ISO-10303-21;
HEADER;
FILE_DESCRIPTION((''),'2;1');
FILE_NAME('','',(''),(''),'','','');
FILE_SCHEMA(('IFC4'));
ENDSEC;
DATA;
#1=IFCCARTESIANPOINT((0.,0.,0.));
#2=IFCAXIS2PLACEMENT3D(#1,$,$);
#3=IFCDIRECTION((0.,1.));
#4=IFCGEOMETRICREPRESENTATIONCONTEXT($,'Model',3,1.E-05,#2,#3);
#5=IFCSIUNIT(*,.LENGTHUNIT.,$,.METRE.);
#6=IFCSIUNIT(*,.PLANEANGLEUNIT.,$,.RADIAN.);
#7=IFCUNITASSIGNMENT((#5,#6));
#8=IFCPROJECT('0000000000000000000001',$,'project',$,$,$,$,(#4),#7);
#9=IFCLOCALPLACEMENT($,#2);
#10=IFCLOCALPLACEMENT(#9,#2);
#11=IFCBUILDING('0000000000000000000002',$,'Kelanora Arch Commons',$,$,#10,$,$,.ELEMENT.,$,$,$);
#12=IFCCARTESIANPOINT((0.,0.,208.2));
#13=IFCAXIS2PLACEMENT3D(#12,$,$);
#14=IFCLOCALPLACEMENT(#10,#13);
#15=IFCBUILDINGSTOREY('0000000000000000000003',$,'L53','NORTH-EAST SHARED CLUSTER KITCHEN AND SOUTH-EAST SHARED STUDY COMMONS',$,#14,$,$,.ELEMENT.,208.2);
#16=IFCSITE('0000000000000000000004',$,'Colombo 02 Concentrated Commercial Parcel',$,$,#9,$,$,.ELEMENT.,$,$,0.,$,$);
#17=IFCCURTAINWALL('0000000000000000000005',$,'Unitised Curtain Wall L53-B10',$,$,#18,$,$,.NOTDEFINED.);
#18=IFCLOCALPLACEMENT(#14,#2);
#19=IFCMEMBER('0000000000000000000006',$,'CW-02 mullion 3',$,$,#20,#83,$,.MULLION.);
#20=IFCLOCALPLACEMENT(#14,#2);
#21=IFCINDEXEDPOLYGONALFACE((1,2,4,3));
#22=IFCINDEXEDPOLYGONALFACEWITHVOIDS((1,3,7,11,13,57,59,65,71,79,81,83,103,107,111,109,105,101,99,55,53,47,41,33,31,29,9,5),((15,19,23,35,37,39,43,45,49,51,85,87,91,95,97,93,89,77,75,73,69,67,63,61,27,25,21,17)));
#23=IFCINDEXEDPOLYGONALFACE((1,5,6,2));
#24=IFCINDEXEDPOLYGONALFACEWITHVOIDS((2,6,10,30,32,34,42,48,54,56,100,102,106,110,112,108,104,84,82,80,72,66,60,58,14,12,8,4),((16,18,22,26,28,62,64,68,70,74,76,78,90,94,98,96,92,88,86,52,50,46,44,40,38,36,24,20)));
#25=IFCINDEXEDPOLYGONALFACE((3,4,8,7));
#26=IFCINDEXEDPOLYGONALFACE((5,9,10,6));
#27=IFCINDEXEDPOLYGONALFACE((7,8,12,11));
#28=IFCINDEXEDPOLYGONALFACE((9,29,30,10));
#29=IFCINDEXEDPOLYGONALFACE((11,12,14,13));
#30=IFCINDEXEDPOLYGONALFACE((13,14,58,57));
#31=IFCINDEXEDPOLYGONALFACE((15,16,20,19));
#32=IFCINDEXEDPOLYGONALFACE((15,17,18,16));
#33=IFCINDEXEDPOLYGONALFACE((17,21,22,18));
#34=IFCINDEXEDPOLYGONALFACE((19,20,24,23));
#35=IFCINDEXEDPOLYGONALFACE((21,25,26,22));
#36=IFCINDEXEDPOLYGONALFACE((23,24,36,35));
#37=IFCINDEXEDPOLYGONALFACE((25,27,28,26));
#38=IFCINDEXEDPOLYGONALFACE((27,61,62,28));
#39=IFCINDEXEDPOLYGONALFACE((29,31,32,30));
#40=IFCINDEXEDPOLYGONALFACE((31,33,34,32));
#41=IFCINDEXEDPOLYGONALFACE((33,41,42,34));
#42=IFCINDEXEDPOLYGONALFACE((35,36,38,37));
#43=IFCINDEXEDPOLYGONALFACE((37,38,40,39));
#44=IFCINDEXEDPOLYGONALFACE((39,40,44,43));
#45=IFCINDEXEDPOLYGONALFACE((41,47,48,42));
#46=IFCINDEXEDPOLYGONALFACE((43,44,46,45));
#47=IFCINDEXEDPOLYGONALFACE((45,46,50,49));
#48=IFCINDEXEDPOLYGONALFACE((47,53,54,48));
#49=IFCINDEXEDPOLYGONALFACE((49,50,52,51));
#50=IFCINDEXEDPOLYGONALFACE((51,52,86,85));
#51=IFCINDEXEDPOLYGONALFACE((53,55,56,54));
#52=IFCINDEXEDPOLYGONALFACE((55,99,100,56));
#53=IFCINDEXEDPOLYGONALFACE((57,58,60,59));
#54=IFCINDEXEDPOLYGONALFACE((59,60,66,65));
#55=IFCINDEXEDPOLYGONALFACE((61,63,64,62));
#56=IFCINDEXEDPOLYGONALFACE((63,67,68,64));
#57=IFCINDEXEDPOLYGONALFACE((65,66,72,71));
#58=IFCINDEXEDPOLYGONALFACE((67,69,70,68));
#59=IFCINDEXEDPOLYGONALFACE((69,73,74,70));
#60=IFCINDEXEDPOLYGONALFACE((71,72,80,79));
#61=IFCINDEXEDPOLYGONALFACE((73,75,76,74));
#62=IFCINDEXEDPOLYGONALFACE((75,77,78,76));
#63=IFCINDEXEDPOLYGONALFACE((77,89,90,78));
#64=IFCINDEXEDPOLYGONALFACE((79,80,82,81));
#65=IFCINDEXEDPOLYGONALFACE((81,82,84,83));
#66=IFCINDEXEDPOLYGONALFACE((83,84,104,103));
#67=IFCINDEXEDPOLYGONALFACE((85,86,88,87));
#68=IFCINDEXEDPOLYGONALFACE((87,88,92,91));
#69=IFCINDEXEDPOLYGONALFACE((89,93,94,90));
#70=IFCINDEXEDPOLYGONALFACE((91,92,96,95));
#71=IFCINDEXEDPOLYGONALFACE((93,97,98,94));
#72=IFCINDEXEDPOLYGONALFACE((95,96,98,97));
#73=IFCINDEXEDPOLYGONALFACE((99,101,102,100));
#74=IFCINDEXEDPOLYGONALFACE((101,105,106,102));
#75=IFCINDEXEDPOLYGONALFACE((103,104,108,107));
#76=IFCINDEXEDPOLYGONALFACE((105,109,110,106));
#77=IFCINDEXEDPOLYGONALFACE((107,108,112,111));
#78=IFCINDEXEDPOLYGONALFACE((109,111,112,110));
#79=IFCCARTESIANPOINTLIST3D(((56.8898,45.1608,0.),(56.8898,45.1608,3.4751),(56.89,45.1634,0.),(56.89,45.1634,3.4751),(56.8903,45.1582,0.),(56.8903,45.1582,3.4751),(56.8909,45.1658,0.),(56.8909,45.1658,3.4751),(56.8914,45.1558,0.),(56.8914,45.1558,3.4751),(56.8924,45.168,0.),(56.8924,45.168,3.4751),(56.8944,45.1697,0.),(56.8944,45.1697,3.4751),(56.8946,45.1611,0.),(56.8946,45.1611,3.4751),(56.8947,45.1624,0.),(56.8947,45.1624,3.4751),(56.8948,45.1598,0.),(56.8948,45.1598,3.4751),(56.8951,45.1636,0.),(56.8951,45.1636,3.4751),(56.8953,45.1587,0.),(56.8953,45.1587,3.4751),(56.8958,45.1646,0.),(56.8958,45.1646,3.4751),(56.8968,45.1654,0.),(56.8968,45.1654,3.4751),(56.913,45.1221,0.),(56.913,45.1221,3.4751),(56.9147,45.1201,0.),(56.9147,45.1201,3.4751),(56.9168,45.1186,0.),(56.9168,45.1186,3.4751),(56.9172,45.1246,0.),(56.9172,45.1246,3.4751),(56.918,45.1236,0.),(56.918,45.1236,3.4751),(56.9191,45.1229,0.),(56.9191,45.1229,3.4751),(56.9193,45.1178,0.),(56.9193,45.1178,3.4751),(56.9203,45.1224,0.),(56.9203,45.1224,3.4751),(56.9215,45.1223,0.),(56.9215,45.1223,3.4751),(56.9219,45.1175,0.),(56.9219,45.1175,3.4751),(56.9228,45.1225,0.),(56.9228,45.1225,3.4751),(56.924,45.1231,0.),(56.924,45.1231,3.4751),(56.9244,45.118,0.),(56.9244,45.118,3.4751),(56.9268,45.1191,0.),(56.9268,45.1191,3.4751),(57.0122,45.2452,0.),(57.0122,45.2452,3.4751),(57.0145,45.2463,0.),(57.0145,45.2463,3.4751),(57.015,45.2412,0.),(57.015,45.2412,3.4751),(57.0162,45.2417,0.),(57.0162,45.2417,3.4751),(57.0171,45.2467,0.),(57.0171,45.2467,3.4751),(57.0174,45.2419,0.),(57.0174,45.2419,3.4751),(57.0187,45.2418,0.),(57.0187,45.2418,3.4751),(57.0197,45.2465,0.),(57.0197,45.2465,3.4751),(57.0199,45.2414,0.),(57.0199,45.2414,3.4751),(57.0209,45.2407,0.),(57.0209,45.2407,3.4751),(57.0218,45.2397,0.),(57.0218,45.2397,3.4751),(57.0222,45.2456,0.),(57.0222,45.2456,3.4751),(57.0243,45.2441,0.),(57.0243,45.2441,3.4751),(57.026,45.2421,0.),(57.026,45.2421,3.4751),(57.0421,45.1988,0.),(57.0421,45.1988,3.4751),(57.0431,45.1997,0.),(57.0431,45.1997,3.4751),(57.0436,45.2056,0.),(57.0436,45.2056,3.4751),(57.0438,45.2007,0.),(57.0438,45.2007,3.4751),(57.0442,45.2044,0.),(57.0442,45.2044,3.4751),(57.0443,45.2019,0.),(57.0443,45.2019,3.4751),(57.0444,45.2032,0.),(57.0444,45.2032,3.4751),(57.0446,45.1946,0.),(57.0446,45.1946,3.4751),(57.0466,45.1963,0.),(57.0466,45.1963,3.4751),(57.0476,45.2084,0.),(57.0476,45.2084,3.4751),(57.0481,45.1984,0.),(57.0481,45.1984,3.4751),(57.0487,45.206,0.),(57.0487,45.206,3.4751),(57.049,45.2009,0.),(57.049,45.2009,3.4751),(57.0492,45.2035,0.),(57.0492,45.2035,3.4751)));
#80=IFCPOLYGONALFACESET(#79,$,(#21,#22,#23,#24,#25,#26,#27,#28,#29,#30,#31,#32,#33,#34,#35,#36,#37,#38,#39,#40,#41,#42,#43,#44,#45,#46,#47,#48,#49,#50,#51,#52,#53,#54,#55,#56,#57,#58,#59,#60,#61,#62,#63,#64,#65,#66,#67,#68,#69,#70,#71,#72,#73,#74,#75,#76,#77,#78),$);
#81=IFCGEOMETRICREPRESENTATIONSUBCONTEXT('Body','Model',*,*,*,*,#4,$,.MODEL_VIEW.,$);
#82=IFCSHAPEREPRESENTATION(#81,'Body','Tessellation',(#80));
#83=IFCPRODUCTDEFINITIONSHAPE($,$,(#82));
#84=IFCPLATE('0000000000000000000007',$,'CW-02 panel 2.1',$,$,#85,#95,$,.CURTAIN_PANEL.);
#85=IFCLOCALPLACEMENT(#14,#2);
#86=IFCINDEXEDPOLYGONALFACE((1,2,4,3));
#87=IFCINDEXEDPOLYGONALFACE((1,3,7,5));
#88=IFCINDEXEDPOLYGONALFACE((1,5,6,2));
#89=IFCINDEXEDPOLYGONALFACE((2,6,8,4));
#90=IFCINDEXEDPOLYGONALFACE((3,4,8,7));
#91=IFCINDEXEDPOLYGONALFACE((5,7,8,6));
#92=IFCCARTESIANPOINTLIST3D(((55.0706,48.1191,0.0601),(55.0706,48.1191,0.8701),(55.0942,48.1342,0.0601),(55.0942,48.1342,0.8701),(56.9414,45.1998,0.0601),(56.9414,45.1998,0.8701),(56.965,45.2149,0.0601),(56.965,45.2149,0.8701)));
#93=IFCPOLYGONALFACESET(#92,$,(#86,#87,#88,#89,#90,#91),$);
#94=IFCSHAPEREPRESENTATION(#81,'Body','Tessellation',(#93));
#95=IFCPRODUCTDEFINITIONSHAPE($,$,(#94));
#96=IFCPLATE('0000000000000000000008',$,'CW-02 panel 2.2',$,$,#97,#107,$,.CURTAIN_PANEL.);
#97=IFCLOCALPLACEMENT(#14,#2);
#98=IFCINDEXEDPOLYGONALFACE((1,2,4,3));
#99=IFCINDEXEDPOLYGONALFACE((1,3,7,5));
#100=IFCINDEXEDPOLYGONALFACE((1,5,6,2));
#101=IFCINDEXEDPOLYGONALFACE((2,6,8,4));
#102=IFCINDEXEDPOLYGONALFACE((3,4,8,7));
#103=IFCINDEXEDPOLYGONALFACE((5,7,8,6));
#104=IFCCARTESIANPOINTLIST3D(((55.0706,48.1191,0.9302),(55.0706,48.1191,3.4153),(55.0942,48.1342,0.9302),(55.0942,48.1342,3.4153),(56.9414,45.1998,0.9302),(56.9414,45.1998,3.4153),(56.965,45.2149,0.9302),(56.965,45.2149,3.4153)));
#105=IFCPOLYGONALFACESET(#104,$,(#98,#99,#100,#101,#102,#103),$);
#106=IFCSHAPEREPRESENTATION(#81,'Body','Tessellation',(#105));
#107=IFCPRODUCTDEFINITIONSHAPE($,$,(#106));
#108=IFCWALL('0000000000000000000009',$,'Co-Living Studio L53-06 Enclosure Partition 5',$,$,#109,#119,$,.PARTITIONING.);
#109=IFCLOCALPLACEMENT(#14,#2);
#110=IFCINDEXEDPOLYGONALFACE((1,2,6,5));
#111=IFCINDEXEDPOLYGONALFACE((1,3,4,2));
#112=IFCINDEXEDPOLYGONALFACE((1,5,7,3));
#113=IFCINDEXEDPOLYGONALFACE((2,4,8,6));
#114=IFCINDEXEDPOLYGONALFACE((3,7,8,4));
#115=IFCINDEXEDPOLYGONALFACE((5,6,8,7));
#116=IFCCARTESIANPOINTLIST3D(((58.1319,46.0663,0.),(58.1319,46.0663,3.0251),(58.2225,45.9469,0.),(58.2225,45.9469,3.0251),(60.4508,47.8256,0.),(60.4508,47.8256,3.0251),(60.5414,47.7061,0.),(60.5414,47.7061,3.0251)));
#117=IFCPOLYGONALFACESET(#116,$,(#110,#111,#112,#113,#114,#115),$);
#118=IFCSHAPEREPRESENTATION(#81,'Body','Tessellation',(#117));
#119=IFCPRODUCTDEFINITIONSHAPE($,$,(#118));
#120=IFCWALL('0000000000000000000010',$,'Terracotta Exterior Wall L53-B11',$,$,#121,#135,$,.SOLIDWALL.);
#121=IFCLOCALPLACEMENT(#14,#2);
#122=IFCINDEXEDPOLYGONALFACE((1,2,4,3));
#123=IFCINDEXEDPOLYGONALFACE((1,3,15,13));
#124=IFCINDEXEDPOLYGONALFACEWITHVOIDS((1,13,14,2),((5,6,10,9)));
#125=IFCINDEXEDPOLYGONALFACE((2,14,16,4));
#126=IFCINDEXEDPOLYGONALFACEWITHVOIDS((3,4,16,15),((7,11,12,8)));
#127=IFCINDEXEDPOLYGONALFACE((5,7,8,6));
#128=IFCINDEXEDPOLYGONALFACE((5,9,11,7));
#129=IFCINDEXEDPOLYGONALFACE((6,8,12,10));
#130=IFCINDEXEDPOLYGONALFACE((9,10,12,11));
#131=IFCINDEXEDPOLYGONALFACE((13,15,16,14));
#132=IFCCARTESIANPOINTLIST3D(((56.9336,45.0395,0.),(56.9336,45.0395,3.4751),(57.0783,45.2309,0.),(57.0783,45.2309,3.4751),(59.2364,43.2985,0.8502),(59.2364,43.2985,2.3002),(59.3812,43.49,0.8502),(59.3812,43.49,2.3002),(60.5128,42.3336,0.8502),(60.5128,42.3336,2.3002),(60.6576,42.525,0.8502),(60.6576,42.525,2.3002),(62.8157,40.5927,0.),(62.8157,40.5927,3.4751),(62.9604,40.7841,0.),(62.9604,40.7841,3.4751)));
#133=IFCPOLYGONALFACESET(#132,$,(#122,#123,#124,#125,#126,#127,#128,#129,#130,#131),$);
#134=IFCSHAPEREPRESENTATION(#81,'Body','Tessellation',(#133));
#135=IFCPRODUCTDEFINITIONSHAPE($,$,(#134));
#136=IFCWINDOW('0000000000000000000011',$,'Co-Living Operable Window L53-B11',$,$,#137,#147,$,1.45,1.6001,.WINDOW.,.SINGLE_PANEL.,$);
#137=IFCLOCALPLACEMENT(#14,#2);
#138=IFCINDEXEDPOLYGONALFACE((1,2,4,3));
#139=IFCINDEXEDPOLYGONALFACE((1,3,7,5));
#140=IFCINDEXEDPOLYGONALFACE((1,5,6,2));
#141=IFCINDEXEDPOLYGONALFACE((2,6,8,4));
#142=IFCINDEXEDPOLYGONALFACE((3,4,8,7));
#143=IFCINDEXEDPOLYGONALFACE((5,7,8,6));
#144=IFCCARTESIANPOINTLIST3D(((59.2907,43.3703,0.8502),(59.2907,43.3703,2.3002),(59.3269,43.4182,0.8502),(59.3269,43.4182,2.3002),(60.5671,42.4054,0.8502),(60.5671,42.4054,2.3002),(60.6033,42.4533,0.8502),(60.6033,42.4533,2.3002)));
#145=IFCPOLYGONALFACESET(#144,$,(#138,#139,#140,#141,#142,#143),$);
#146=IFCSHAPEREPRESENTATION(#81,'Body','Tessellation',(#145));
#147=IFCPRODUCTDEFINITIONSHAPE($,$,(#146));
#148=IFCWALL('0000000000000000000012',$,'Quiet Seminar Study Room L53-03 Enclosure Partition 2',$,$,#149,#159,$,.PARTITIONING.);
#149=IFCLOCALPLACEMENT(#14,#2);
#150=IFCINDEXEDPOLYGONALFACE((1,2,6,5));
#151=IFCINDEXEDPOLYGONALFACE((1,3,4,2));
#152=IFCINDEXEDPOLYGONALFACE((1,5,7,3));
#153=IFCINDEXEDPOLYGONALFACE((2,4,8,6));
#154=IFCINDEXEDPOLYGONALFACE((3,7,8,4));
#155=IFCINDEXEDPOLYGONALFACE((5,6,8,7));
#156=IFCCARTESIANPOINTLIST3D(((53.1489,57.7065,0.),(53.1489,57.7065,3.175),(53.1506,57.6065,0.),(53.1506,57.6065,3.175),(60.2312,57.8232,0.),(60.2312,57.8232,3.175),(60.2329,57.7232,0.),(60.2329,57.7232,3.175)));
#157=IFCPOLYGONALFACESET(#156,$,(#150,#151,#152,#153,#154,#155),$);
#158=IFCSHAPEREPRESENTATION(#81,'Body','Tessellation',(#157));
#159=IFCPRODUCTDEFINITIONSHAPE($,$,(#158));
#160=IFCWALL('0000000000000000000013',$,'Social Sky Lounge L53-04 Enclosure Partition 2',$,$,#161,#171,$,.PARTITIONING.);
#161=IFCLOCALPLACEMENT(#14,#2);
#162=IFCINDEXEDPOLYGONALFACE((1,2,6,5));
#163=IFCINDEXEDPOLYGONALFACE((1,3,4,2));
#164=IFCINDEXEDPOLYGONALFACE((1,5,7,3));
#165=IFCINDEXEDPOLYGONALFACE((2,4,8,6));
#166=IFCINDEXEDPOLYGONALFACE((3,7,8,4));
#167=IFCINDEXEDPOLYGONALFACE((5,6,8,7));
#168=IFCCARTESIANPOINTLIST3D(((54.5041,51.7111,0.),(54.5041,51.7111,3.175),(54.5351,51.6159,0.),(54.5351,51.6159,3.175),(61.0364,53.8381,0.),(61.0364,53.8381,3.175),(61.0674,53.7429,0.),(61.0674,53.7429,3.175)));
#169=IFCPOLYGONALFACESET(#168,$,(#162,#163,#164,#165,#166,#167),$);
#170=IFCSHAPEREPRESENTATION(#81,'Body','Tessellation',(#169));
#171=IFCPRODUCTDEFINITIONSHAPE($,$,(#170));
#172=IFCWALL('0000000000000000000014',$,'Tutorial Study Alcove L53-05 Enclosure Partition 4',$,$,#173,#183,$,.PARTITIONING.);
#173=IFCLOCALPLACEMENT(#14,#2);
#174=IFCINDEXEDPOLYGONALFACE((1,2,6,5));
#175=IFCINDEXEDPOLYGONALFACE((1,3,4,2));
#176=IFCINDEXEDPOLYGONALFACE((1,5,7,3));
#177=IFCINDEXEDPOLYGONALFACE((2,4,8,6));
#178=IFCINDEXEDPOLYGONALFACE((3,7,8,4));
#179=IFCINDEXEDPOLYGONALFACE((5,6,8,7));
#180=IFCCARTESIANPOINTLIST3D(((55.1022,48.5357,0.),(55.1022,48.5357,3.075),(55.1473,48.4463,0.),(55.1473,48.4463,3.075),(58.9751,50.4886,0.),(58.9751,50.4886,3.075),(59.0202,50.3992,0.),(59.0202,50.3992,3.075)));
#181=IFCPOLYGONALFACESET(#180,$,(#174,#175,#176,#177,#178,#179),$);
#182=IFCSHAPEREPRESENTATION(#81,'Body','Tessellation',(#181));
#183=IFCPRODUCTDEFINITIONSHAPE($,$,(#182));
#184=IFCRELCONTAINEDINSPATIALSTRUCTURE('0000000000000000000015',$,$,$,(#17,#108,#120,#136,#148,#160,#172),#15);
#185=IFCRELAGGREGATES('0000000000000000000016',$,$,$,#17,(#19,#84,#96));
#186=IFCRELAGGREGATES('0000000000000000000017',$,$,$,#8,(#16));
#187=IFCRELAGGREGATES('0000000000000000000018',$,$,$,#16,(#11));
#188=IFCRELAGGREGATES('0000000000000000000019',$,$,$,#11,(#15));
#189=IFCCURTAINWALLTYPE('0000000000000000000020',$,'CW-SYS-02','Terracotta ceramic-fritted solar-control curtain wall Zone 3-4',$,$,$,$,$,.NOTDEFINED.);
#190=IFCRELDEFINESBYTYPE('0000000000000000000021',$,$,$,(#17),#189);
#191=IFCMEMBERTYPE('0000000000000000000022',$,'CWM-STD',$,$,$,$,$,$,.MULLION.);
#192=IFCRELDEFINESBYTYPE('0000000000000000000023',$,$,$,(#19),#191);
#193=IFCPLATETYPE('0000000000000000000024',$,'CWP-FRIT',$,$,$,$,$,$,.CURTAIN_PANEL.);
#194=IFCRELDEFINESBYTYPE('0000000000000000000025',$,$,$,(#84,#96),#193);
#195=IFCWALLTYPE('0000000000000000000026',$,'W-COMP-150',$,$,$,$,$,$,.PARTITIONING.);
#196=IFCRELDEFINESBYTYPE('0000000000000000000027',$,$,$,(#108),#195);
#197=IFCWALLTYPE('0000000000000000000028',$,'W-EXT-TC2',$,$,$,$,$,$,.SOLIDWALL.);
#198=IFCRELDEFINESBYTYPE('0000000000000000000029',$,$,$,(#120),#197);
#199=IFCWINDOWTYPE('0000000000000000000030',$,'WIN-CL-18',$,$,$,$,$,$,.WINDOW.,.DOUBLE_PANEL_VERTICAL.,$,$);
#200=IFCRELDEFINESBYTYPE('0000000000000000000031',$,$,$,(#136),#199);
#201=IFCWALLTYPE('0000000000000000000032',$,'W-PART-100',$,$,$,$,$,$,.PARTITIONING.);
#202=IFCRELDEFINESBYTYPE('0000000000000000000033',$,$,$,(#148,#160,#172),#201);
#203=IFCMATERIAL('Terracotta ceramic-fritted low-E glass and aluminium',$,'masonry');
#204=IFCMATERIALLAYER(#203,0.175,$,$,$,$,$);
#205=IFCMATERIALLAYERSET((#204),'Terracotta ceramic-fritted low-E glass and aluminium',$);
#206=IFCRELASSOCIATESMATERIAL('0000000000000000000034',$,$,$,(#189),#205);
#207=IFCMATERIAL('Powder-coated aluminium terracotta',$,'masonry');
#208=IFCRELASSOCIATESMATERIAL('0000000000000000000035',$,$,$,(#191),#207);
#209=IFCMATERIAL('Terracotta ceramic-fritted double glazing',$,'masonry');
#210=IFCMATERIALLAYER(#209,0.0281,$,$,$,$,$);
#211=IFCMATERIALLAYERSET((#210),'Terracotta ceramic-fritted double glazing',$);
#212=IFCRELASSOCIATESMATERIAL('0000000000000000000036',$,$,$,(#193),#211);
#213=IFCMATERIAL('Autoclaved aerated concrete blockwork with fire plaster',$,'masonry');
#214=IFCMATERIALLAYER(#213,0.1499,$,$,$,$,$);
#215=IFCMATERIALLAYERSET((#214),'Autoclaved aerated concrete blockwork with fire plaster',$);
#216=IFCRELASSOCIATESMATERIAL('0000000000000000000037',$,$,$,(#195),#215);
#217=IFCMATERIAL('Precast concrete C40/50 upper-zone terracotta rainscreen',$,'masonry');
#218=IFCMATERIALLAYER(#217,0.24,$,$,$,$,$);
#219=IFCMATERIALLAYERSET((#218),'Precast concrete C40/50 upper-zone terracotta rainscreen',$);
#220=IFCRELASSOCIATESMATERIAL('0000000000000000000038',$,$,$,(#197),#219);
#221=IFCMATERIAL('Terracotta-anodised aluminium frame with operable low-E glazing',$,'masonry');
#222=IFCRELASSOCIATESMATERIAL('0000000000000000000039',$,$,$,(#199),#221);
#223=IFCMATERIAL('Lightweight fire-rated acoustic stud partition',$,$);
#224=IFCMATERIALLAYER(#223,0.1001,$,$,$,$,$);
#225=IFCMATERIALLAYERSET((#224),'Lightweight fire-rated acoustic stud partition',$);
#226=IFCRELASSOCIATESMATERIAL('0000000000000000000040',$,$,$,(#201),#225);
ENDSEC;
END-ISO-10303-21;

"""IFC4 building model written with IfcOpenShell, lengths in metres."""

from ifc_helpers import new_model, si_unit, direction, frame, frame_2d, origin, origin_2d, place, context, subcontext, project, spatial, rectangle, hollow_rectangle, extrude, source, transform, mapped, material, layer, layer_set, material_profile, profile_set, type_object, element, fill, aggregate, save


model = new_model("IFC4")

# Units and contexts
model_context = context("Model", 3, precision=1e-05, world=origin(), true_north=direction((0.0, 1.0)))
body_context = subcontext(model_context, "Body", "Model", "MODEL_VIEW")
ifc_project = project(units=[si_unit("LENGTHUNIT", "METRE"), si_unit("PLANEANGLEUNIT", "RADIAN")], contexts=[model_context])

# Site, building, storey
site_placement = place(None, origin())
site = spatial("IfcSite", under=ifc_project, at=site_placement, Name="Colombo 02 Concentrated Commercial Parcel", CompositionType="ELEMENT", RefElevation=0.0)
building_placement = place(site_placement, origin())
building = spatial("IfcBuilding", under=site, at=building_placement, Name="Kelanora Arch Commons", CompositionType="ELEMENT")
storey_placement = place(building_placement, frame((0.0, 0.0, 208.2)))
storey = spatial("IfcBuildingStorey", under=building, at=storey_placement, Name="L53", Description="NORTH-EAST SHARED CLUSTER KITCHEN AND SOUTH-EAST SHARED STUDY COMMONS", CompositionType="ELEMENT", Elevation=208.2)

# Curtain wall, member, plates
ifc_material_1 = material(Name="Terracotta ceramic-fritted low-E glass and aluminium", Category="masonry")
ifc_layer_1 = layer(ifc_material_1, 0.175)
ifc_layer_set_1 = layer_set([ifc_layer_1], Name="Terracotta ceramic-fritted low-E glass and aluminium")
curtain_wall_type = type_object("IfcCurtainWallType", Name="CW-SYS-02", Description="Terracotta ceramic-fritted solar-control curtain wall Zone 3-4", PredefinedType="NOTDEFINED", material=ifc_layer_set_1)
curtain_wall_placement = place(storey_placement, origin())
curtain_wall = element("IfcCurtainWall", 1, at=curtain_wall_placement, inside=storey, type_object=curtain_wall_type, Name="Unitised Curtain Wall L53-B10", PredefinedType="NOTDEFINED")
ifc_material_2 = material(Name="Powder-coated aluminium terracotta", Category="masonry")
ifc_material_profile_1 = material_profile(ifc_material_2, hollow_rectangle(XDim=0.1599, YDim=0.0601, WallThickness=0.0049, InnerFilletRadius=0.0049, OuterFilletRadius=0.01, at=origin_2d()), Name="CWM160x60")
ifc_profile_set_1 = profile_set([ifc_material_profile_1], Name="Powder-coated aluminium terracotta")
member_type = type_object("IfcMemberType", Name="CWM-STD", PredefinedType="MULLION", material=ifc_profile_set_1)
member_placement = place(storey_placement, frame((56.9695, 45.1821, 0.0), z_axis=(0.0, 0.0, 1.0), x_axis=(0.841948, 0.539559, 0.0)))
member = element("IfcMember", 2, at=member_placement, type_object=member_type, Name="CW-02 mullion 3", PredefinedType="MULLION", context=body_context, shape_type="SweptSolid", body=[
    extrude(hollow_rectangle(XDim=0.1599, YDim=0.0601, WallThickness=0.0049, InnerFilletRadius=0.0049, OuterFilletRadius=0.01, at=origin_2d()), origin(), (0.0, 0.0, 1.0), 3.4751),
])
ifc_material_3 = material(Name="Terracotta ceramic-fritted double glazing", Category="masonry")
ifc_layer_2 = layer(ifc_material_3, 0.0281)
ifc_layer_set_2 = layer_set([ifc_layer_2], Name="Terracotta ceramic-fritted double glazing")
plate_type = type_object("IfcPlateType", Name="CWP-FRIT", PredefinedType="CURTAIN_PANEL", material=ifc_layer_set_2)
shared_shape_1 = source(origin(), body_context, "Body", "SweptSolid", [
    extrude(rectangle(XDim=3.4673, YDim=0.0281, at=origin_2d()), origin(), (0.0, 0.0, 1.0), 0.8101),
])
plate_1_placement = place(storey_placement, frame((56.0178, 46.667, 0.0601), z_axis=(0.0, 0.0, 1.0), x_axis=(0.539559, -0.841948, 0.0)))
plate_1 = element("IfcPlate", 3, at=plate_1_placement, type_object=plate_type, Name="CW-02 panel 2.1", PredefinedType="CURTAIN_PANEL", context=body_context, shape_type="MappedRepresentation", body=[
    mapped(shared_shape_1, transform((0.0, 0.0, 0.0), scale=1.0)),
])
shared_shape_2 = source(origin(), body_context, "Body", "SweptSolid", [
    extrude(rectangle(XDim=3.4673, YDim=0.0281, at=origin_2d()), origin(), (0.0, 0.0, 1.0), 2.4851),
])
plate_2_placement = place(storey_placement, frame((56.0178, 46.667, 0.9302), z_axis=(0.0, 0.0, 1.0), x_axis=(0.539559, -0.841948, 0.0)))
plate_2 = element("IfcPlate", 4, at=plate_2_placement, type_object=plate_type, Name="CW-02 panel 2.2", PredefinedType="CURTAIN_PANEL", context=body_context, shape_type="MappedRepresentation", body=[
    mapped(shared_shape_2, transform((0.0, 0.0, 0.0), scale=1.0)),
])
aggregate(curtain_wall, [member, plate_1, plate_2])

# Wall
ifc_material_4 = material(Name="Autoclaved aerated concrete blockwork with fire plaster", Category="masonry")
ifc_layer_3 = layer(ifc_material_4, 0.1499)
ifc_layer_set_3 = layer_set([ifc_layer_3], Name="Autoclaved aerated concrete blockwork with fire plaster")
wall_type_1 = type_object("IfcWallType", Name="W-COMP-150", PredefinedType="PARTITIONING", material=ifc_layer_set_3)
wall_1_placement = place(storey_placement, frame((58.1772, 46.0066, 0.0), z_axis=(0.0, 0.0, 1.0), x_axis=(0.796666, 0.60442, 0.0)))
element("IfcWall", 5, at=wall_1_placement, inside=storey, type_object=wall_type_1, Name="Co-Living Studio L53-06 Enclosure Partition 5", PredefinedType="PARTITIONING", context=body_context, shape_type="SweptSolid", body=[
    extrude(rectangle(XDim=2.9106, YDim=0.1499, at=frame_2d((1.4553, 0.0))), origin(), (0.0, 0.0, 1.0), 3.0251),
])

# Wall, opening, window
ifc_material_5 = material(Name="Precast concrete C40/50 upper-zone terracotta rainscreen", Category="masonry")
ifc_layer_4 = layer(ifc_material_5, 0.24)
ifc_layer_set_4 = layer_set([ifc_layer_4], Name="Precast concrete C40/50 upper-zone terracotta rainscreen")
wall_type_2 = type_object("IfcWallType", Name="W-EXT-TC2", PredefinedType="SOLIDWALL", material=ifc_layer_set_4)
wall_2_placement = place(storey_placement, frame((57.0059, 45.1353, 0.0), z_axis=(0.0, 0.0, 1.0), x_axis=(0.797702, -0.603052, 0.0)))
wall_2 = element("IfcWall", 6, at=wall_2_placement, inside=storey, type_object=wall_type_2, Name="Terracotta Exterior Wall L53-B11", PredefinedType="SOLIDWALL", context=body_context, shape_type="SweptSolid", body=[
    extrude(rectangle(XDim=7.3738, YDim=0.24, at=frame_2d((3.687, 0.0))), origin(), (0.0, 0.0, 1.0), 3.4751),
])
opening_1_placement = place(wall_2_placement, frame((2.887, 0.0, 0.8501)))
opening_1 = element("IfcOpeningElement", 7, at=opening_1_placement, cuts=wall_2, PredefinedType="OPENING", context=body_context, shape_type="SweptSolid", body=[
    extrude(rectangle(XDim=1.6001, YDim=1.45, at=frame_2d((0.8, 0.7251))), frame((0.0, 0.1299, 0.0), z_axis=(0.0, -1.0, 0.0), x_axis=(1.0, 0.0, 0.0)), (0.0, 0.0, 1.0), 0.26),
])
ifc_material_6 = material(Name="Terracotta-anodised aluminium frame with operable low-E glazing", Category="masonry")
window_type = type_object("IfcWindowType", Name="WIN-CL-18", PartitioningType="DOUBLE_PANEL_VERTICAL", PredefinedType="WINDOW", material=ifc_material_6)
window_placement = place(opening_1_placement, origin())
window = element("IfcWindow", 8, at=window_placement, inside=storey, type_object=window_type, Name="Co-Living Operable Window L53-B11", OverallHeight=1.45, OverallWidth=1.6001, PartitioningType="SINGLE_PANEL", PredefinedType="WINDOW", context=body_context, shape_type="SweptSolid", body=[
    extrude(rectangle(XDim=1.6001, YDim=1.45, at=frame_2d((0.8, 0.7251))), frame((0.0, 0.03, 0.0), z_axis=(0.0, -1.0, 0.0), x_axis=(1.0, 0.0, 0.0)), (0.0, 0.0, 1.0), 0.0601),
])
fill(opening_1, window)

# Walls
ifc_material_7 = material(Name="Lightweight fire-rated acoustic stud partition")
ifc_layer_5 = layer(ifc_material_7, 0.1001)
ifc_layer_set_5 = layer_set([ifc_layer_5], Name="Lightweight fire-rated acoustic stud partition")
wall_type_3 = type_object("IfcWallType", Name="W-PART-100", PredefinedType="PARTITIONING", material=ifc_layer_set_5)
wall_3_placement = place(storey_placement, frame((60.2319, 57.7732, 0.0), z_axis=(0.0, 0.0, 1.0), x_axis=(-0.999864, -0.016475, 0.0)))
element("IfcWall", 9, at=wall_3_placement, inside=storey, type_object=wall_type_3, Name="Quiet Seminar Study Room L53-03 Enclosure Partition 2", PredefinedType="PARTITIONING", context=body_context, shape_type="SweptSolid", body=[
    extrude(rectangle(XDim=7.0833, YDim=0.1001, at=frame_2d((3.5415, 0.0))), origin(), (0.0, 0.0, 1.0), 3.175),
])
wall_4_placement = place(storey_placement, frame((61.052, 53.7905, 0.0), z_axis=(0.0, 0.0, 1.0), x_axis=(-0.950864, -0.30961, 0.0)))
element("IfcWall", 10, at=wall_4_placement, inside=storey, type_object=wall_type_3, Name="Social Sky Lounge L53-04 Enclosure Partition 2", PredefinedType="PARTITIONING", context=body_context, shape_type="SweptSolid", body=[
    extrude(rectangle(XDim=6.8699, YDim=0.1001, at=frame_2d((3.4351, 0.0))), origin(), (0.0, 0.0, 1.0), 3.175),
])
wall_5_placement = place(storey_placement, frame((55.1248, 48.491, 0.0), z_axis=(0.0, 0.0, 1.0), x_axis=(0.892902, 0.450251, 0.0)))
element("IfcWall", 11, at=wall_5_placement, inside=storey, type_object=wall_type_3, Name="Tutorial Study Alcove L53-05 Enclosure Partition 4", PredefinedType="PARTITIONING", context=body_context, shape_type="SweptSolid", body=[
    extrude(rectangle(XDim=4.3374, YDim=0.1001, at=frame_2d((2.1687, 0.0))), origin(), (0.0, 0.0, 1.0), 3.075),
])

save(model, "model.ifc")
